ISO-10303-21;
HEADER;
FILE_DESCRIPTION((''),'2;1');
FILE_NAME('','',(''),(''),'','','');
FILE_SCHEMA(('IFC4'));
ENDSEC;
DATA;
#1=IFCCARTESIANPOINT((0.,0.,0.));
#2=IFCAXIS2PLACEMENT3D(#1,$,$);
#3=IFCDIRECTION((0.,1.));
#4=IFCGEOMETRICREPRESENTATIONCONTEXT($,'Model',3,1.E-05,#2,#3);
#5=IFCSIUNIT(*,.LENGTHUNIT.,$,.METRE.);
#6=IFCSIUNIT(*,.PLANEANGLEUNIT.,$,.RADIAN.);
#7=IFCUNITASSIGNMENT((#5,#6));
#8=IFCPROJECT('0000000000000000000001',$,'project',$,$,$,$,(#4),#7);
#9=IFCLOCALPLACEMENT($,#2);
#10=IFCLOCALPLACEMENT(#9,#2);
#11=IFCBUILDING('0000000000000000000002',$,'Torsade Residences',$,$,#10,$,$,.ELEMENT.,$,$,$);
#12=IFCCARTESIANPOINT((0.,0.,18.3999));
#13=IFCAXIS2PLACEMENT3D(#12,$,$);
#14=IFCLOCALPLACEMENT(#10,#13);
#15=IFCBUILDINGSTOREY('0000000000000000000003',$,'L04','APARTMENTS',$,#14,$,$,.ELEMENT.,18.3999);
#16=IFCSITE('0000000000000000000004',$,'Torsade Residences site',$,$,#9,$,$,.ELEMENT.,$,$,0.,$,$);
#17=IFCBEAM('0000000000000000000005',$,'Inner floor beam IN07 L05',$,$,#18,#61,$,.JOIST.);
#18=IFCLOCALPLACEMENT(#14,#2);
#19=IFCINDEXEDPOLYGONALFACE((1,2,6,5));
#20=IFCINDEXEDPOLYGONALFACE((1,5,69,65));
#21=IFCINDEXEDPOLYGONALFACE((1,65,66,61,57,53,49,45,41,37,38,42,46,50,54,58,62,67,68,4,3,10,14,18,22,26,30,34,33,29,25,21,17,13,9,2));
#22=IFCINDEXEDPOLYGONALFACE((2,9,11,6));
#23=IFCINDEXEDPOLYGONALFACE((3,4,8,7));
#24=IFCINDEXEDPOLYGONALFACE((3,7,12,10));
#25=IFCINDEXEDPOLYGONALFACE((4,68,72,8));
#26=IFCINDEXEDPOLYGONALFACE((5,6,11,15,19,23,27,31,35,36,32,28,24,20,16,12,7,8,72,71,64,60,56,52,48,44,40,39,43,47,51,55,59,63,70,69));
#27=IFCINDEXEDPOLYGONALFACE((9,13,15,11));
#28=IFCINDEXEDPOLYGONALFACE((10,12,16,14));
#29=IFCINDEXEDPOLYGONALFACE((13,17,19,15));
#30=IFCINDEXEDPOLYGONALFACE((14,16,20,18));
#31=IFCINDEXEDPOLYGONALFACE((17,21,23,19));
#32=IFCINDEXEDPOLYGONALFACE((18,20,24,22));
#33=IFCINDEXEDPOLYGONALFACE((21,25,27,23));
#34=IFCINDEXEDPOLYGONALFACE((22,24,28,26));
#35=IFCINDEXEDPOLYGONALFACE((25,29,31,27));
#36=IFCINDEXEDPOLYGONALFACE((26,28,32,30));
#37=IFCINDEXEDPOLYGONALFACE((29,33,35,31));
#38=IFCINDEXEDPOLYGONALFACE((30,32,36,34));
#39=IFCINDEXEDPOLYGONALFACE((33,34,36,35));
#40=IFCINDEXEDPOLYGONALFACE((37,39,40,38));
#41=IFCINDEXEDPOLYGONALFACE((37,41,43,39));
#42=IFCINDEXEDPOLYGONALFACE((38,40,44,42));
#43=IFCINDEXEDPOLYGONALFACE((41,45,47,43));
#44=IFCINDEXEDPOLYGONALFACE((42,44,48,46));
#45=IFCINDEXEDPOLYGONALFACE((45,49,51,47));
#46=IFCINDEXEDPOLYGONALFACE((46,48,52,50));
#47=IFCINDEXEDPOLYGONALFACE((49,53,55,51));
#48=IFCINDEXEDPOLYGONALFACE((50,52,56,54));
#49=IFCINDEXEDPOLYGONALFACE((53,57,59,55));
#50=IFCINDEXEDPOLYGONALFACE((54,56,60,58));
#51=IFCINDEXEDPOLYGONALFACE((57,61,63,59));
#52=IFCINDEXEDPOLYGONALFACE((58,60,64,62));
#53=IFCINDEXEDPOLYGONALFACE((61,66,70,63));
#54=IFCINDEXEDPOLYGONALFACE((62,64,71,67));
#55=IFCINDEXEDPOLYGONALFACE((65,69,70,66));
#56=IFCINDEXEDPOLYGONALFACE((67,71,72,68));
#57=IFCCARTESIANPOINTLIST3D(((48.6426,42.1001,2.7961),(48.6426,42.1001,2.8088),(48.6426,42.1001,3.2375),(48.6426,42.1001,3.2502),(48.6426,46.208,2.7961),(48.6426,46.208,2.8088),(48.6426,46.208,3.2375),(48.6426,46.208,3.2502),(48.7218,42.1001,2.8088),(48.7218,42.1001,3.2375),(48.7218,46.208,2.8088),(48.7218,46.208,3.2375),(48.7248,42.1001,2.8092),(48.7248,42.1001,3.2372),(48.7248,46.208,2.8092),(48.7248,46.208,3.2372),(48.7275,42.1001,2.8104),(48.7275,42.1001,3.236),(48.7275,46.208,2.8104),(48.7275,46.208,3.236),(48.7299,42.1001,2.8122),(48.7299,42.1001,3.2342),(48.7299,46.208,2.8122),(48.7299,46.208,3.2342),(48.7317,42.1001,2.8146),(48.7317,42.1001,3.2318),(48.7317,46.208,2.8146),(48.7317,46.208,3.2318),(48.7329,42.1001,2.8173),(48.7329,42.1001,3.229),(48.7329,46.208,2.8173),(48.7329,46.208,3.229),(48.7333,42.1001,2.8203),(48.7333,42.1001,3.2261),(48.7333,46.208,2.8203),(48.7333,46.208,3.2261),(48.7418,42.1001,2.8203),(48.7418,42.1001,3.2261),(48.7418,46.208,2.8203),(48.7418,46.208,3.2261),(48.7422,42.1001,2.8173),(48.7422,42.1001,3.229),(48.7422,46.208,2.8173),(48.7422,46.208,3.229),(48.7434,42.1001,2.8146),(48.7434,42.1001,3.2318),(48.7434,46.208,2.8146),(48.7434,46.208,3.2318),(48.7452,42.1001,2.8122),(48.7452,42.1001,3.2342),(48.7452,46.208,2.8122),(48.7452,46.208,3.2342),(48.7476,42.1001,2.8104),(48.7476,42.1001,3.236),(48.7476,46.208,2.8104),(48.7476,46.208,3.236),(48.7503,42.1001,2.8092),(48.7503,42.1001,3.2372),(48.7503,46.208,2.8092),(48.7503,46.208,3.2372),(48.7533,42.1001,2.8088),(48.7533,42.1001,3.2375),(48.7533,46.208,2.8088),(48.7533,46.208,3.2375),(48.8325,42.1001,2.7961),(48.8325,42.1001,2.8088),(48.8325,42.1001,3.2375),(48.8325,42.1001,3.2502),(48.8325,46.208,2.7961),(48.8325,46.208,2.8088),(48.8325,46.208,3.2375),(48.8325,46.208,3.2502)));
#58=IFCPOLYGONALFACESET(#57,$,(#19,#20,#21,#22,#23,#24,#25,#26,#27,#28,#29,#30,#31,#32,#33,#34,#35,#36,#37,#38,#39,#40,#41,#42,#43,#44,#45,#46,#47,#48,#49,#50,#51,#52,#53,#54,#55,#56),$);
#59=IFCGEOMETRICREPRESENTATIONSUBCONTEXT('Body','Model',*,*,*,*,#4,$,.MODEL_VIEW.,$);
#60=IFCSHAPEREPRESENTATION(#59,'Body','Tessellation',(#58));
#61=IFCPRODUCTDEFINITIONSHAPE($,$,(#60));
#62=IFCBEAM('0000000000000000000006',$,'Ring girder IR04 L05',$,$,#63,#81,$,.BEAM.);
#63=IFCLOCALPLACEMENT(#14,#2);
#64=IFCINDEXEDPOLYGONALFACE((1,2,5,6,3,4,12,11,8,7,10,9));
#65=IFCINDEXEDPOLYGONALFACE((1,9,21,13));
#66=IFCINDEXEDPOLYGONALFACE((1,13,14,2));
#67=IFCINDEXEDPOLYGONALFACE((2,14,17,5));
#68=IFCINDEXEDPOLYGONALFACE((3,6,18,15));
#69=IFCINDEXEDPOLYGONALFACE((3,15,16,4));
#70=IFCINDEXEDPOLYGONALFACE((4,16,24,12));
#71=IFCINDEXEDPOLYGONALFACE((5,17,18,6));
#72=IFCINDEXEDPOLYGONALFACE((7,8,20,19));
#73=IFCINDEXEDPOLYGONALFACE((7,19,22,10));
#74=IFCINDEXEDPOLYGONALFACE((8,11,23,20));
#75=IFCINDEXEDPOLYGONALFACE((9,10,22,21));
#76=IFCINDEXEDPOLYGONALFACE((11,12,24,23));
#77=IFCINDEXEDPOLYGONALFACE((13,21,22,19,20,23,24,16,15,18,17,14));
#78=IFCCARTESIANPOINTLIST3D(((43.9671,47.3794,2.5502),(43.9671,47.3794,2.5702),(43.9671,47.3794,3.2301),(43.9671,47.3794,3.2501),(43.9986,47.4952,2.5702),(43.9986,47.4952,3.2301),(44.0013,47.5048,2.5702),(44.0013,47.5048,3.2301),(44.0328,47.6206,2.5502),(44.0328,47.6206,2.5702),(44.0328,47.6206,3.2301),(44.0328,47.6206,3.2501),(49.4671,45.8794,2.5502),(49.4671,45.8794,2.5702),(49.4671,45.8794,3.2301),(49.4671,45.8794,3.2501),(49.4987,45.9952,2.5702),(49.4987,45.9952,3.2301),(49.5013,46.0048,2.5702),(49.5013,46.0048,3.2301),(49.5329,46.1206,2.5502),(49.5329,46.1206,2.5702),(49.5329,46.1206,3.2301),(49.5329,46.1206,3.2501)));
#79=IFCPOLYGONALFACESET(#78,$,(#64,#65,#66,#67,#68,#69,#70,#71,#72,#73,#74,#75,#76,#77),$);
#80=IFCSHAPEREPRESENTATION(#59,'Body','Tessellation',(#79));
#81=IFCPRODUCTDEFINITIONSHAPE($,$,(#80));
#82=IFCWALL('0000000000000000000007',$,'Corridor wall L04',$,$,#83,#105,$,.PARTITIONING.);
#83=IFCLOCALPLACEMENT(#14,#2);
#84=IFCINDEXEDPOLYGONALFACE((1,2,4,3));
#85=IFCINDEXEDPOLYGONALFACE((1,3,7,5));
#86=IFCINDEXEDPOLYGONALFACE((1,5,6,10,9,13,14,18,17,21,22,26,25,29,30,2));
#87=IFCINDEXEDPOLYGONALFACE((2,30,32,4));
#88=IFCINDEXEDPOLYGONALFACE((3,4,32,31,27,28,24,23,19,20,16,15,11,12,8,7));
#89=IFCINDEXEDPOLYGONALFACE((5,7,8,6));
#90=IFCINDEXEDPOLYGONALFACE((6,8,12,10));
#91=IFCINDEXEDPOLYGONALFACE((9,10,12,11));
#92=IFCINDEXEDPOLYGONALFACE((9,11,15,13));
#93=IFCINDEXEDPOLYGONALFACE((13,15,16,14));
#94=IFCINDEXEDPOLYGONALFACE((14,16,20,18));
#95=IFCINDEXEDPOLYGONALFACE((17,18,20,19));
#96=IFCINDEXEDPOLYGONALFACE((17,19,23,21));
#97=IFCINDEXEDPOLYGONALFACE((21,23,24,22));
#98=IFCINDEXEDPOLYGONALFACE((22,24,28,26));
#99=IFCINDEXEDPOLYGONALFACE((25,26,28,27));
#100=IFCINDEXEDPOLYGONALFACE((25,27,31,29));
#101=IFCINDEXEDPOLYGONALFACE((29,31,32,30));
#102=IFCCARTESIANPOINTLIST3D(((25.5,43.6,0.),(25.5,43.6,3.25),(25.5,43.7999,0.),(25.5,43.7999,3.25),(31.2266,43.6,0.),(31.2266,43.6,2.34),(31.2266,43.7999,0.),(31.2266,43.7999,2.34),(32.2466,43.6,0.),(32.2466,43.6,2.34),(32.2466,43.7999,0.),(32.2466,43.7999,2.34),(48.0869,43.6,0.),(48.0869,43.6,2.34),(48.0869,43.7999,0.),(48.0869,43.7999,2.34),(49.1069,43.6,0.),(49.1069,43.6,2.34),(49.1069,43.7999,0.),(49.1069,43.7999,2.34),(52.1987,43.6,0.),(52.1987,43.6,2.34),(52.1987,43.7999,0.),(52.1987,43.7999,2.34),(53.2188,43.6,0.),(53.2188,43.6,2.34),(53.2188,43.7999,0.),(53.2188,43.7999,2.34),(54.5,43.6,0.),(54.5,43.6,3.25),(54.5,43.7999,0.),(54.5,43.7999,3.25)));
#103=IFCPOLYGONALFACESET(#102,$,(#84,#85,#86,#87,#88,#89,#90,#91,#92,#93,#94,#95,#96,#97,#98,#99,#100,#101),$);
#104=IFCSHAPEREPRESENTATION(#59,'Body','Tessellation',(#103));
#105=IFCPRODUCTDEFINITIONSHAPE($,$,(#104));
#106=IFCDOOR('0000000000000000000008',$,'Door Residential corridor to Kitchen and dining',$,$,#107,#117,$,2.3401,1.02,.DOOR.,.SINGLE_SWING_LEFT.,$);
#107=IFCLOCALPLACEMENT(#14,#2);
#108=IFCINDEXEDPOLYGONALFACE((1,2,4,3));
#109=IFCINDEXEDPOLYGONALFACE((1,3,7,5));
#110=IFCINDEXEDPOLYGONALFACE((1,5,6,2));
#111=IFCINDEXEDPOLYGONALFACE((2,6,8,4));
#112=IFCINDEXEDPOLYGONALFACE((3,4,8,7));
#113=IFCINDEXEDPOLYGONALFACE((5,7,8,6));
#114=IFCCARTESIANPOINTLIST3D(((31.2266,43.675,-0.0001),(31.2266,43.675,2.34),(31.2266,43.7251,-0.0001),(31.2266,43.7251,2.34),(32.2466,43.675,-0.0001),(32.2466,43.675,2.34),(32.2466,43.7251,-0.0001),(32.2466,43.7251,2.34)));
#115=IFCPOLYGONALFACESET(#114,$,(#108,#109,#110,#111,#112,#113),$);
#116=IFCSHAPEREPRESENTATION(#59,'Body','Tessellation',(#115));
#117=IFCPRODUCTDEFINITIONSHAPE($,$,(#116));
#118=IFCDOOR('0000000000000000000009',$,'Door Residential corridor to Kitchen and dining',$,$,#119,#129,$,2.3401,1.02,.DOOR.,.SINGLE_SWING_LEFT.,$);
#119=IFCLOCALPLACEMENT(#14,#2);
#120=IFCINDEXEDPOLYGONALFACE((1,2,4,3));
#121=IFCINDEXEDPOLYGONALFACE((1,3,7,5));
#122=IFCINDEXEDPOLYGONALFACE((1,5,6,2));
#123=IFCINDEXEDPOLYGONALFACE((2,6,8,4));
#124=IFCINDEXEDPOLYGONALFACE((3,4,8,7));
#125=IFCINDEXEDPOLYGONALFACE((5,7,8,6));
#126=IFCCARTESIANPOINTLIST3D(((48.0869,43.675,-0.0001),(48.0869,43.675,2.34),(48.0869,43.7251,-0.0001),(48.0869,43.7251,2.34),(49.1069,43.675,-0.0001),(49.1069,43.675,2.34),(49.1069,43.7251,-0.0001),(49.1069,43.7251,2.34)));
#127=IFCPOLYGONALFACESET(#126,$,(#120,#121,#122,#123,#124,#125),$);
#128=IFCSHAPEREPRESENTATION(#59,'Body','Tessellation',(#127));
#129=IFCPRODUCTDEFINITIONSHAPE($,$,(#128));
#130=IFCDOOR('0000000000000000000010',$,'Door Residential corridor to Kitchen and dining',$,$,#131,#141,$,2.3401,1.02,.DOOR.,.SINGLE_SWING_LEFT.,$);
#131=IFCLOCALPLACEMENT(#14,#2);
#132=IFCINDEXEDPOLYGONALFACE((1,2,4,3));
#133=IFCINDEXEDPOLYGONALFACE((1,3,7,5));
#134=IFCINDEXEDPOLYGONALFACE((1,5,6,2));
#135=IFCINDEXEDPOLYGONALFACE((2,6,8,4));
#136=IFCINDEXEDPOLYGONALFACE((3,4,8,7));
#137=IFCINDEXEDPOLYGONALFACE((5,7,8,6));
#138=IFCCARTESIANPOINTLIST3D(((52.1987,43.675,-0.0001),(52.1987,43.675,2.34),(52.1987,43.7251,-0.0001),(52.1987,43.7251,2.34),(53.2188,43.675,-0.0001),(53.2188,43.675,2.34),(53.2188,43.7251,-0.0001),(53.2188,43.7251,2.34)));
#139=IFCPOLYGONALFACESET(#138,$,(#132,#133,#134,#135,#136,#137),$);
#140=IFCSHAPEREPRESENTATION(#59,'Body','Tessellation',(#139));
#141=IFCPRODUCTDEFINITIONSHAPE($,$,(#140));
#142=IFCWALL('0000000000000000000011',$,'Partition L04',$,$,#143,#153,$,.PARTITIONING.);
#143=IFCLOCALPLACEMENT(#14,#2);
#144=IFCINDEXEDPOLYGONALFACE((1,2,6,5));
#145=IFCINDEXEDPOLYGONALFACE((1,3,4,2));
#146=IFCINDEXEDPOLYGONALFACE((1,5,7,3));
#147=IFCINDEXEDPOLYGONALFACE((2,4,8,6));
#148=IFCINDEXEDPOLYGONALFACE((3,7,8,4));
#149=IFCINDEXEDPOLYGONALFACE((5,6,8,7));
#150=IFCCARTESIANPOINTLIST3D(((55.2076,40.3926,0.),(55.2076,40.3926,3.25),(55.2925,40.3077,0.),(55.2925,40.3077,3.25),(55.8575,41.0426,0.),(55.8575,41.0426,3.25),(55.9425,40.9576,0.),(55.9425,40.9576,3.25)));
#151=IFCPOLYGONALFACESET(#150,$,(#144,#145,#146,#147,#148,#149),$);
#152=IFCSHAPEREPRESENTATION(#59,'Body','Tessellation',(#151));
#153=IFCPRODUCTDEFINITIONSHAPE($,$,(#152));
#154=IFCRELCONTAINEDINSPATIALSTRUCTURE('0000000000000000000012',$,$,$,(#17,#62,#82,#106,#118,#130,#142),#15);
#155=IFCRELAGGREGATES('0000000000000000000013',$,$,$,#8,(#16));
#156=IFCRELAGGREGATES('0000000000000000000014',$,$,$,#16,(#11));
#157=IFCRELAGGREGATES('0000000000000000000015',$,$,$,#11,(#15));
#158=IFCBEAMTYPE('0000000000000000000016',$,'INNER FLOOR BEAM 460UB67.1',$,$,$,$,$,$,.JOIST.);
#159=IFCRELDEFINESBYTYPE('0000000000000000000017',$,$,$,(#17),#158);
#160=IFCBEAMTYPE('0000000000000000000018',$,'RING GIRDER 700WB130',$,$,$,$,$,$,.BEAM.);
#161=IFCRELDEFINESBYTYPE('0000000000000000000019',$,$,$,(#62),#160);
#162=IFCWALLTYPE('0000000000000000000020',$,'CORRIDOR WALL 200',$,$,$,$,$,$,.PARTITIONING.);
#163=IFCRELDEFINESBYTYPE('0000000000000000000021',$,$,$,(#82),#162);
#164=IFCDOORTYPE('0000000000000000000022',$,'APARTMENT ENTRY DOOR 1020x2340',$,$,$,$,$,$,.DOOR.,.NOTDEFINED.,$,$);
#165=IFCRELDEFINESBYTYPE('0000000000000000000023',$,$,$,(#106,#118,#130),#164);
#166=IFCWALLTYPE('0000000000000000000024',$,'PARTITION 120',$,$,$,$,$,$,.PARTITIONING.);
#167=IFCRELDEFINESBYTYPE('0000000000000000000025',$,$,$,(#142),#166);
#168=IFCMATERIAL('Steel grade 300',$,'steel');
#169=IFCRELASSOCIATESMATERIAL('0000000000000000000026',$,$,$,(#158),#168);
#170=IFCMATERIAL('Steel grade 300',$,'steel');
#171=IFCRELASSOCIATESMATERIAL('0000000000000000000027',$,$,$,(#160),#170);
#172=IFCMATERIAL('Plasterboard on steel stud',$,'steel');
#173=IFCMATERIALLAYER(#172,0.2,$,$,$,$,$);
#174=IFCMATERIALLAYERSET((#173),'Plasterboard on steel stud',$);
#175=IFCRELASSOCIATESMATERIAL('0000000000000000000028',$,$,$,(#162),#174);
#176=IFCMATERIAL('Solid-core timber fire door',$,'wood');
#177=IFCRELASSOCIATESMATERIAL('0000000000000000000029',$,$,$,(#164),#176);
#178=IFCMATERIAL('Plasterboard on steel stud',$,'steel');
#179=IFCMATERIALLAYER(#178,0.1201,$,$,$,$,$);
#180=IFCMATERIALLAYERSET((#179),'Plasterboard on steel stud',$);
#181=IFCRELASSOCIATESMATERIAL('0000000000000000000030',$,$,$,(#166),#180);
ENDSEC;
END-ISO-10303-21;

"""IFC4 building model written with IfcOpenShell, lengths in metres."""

from ifc_helpers import new_model, si_unit, direction, frame, frame_2d, origin, origin_2d, place, context, subcontext, project, spatial, rectangle, i_section, extrude, material, layer, layer_set, material_profile, profile_set, type_object, element, fill, save


model = new_model("IFC4")

# Units and contexts
model_context = context("Model", 3, precision=1e-05, world=origin(), true_north=direction((0.0, 1.0)))
body_context = subcontext(model_context, "Body", "Model", "MODEL_VIEW")
ifc_project = project(units=[si_unit("LENGTHUNIT", "METRE"), si_unit("PLANEANGLEUNIT", "RADIAN")], contexts=[model_context])

# Site, building, storey
site_placement = place(None, origin())
site = spatial("IfcSite", under=ifc_project, at=site_placement, Name="Torsade Residences site", CompositionType="ELEMENT", RefElevation=0.0)
building_placement = place(site_placement, origin())
building = spatial("IfcBuilding", under=site, at=building_placement, Name="Torsade Residences", CompositionType="ELEMENT")
storey_placement = place(building_placement, frame((0.0, 0.0, 18.3999)))
storey = spatial("IfcBuildingStorey", under=building, at=storey_placement, Name="L04", Description="APARTMENTS", CompositionType="ELEMENT", Elevation=18.3999)

# Beams
ifc_material_1 = material(Name="Steel grade 300", Category="steel")
ifc_material_profile_1 = material_profile(ifc_material_1, i_section(OverallWidth=0.1899, OverallDepth=0.4541, WebThickness=0.0085, FlangeThickness=0.0127, FilletRadius=0.0115, at=origin_2d()), Name="460UB67.1")
ifc_profile_set_1 = profile_set([ifc_material_profile_1], Name="Steel grade 300")
beam_type_1 = type_object("IfcBeamType", Name="INNER FLOOR BEAM 460UB67.1", PredefinedType="JOIST", material=ifc_profile_set_1)
beam_1_placement = place(storey_placement, frame((48.7375, 42.1001, 3.0232), z_axis=(0.0, 1.0, 0.0), x_axis=(-1.0, 0.0, 0.0)))
element("IfcBeam", 1, at=beam_1_placement, inside=storey, type_object=beam_type_1, Name="Inner floor beam IN07 L05", PredefinedType="JOIST", context=body_context, shape_type="SweptSolid", body=[
    extrude(i_section(OverallWidth=0.1899, OverallDepth=0.4541, WebThickness=0.0085, FlangeThickness=0.0127, FilletRadius=0.0115, at=origin_2d()), origin(), (0.0, 0.0, 1.0), 4.1079),
])
ifc_material_2 = material(Name="Steel grade 300", Category="steel")
ifc_material_profile_2 = material_profile(ifc_material_2, i_section(OverallWidth=0.25, OverallDepth=0.7, WebThickness=0.01, FlangeThickness=0.02, at=origin_2d()), Name="700WB130")
ifc_profile_set_2 = profile_set([ifc_material_profile_2], Name="Steel grade 300")
beam_type_2 = type_object("IfcBeamType", Name="RING GIRDER 700WB130", PredefinedType="BEAM", material=ifc_profile_set_2)
beam_2_placement = place(storey_placement, frame((49.5, 46.0, 2.9001), z_axis=(-0.964764, 0.263117, 0.0), x_axis=(-0.263117, -0.964764, 0.0)))
element("IfcBeam", 2, at=beam_2_placement, inside=storey, type_object=beam_type_2, Name="Ring girder IR04 L05", PredefinedType="BEAM", context=body_context, shape_type="SweptSolid", body=[
    extrude(i_section(OverallWidth=0.25, OverallDepth=0.7, WebThickness=0.01, FlangeThickness=0.02, at=origin_2d()), origin(), (0.0, 0.0, 1.0), 5.7009),
])

# Wall, openings, doors
ifc_material_3 = material(Name="Plasterboard on steel stud", Category="steel")
ifc_layer_1 = layer(ifc_material_3, 0.2)
ifc_layer_set_1 = layer_set([ifc_layer_1], Name="Plasterboard on steel stud")
wall_type_1 = type_object("IfcWallType", Name="CORRIDOR WALL 200", PredefinedType="PARTITIONING", material=ifc_layer_set_1)
wall_1_placement = place(storey_placement, frame((54.5, 43.7, 0.0), z_axis=(0.0, 0.0, 1.0), x_axis=(-1.0, 0.0, 0.0)))
wall_1 = element("IfcWall", 3, at=wall_1_placement, inside=storey, type_object=wall_type_1, Name="Corridor wall L04", PredefinedType="PARTITIONING", context=body_context, shape_type="SweptSolid", body=[
    extrude(rectangle(XDim=29.0, YDim=0.2, at=frame_2d((14.5, 0.0))), origin(), (0.0, 0.0, 1.0), 3.25),
])
opening_1_placement = place(wall_1_placement, frame((22.2534, 0.0, 0.0)))
opening_1 = element("IfcOpeningElement", 4, at=opening_1_placement, cuts=wall_1, PredefinedType="OPENING", context=body_context, shape_type="SweptSolid", body=[
    extrude(rectangle(XDim=1.02, YDim=2.3401, at=frame_2d((0.51, 1.1699))), frame((0.0, 0.1099, 0.0), z_axis=(0.0, -1.0, 0.0), x_axis=(1.0, 0.0, 0.0)), (0.0, 0.0, 1.0), 0.22),
])
opening_2_placement = place(wall_1_placement, frame((5.3931, 0.0, 0.0)))
opening_2 = element("IfcOpeningElement", 5, at=opening_2_placement, cuts=wall_1, PredefinedType="OPENING", context=body_context, shape_type="SweptSolid", body=[
    extrude(rectangle(XDim=1.02, YDim=2.3401, at=frame_2d((0.51, 1.1699))), frame((0.0, 0.1099, 0.0), z_axis=(0.0, -1.0, 0.0), x_axis=(1.0, 0.0, 0.0)), (0.0, 0.0, 1.0), 0.22),
])
opening_3_placement = place(wall_1_placement, frame((1.2812, 0.0, 0.0)))
opening_3 = element("IfcOpeningElement", 6, at=opening_3_placement, cuts=wall_1, PredefinedType="OPENING", context=body_context, shape_type="SweptSolid", body=[
    extrude(rectangle(XDim=1.02, YDim=2.3401, at=frame_2d((0.51, 1.1699))), frame((0.0, 0.1099, 0.0), z_axis=(0.0, -1.0, 0.0), x_axis=(1.0, 0.0, 0.0)), (0.0, 0.0, 1.0), 0.22),
])
ifc_material_4 = material(Name="Solid-core timber fire door", Category="wood")
door_type_1 = type_object("IfcDoorType", Name="APARTMENT ENTRY DOOR 1020x2340", OperationType="NOTDEFINED", PredefinedType="DOOR", material=ifc_material_4)
door_1_placement = place(opening_1_placement, origin())
door_1 = element("IfcDoor", 7, at=door_1_placement, inside=storey, type_object=door_type_1, Name="Door Residential corridor to Kitchen and dining", OperationType="SINGLE_SWING_LEFT", OverallHeight=2.3401, OverallWidth=1.02, PredefinedType="DOOR", context=body_context, shape_type="SweptSolid", body=[
    extrude(rectangle(XDim=1.02, YDim=2.3401, at=frame_2d((0.51, 1.1699))), frame((0.0, 0.0249, 0.0), z_axis=(0.0, -1.0, 0.0), x_axis=(1.0, 0.0, 0.0)), (0.0, 0.0, 1.0), 0.05),
])
fill(opening_1, door_1)
door_2_placement = place(opening_2_placement, origin())
door_2 = element("IfcDoor", 8, at=door_2_placement, inside=storey, type_object=door_type_1, Name="Door Residential corridor to Kitchen and dining", OperationType="SINGLE_SWING_LEFT", OverallHeight=2.3401, OverallWidth=1.02, PredefinedType="DOOR", context=body_context, shape_type="SweptSolid", body=[
    extrude(rectangle(XDim=1.02, YDim=2.3401, at=frame_2d((0.51, 1.1699))), frame((0.0, 0.0249, 0.0), z_axis=(0.0, -1.0, 0.0), x_axis=(1.0, 0.0, 0.0)), (0.0, 0.0, 1.0), 0.05),
])
fill(opening_2, door_2)
door_3_placement = place(opening_3_placement, origin())
door_3 = element("IfcDoor", 9, at=door_3_placement, inside=storey, type_object=door_type_1, Name="Door Residential corridor to Kitchen and dining", OperationType="SINGLE_SWING_LEFT", OverallHeight=2.3401, OverallWidth=1.02, PredefinedType="DOOR", context=body_context, shape_type="SweptSolid", body=[
    extrude(rectangle(XDim=1.02, YDim=2.3401, at=frame_2d((0.51, 1.1699))), frame((0.0, 0.0249, 0.0), z_axis=(0.0, -1.0, 0.0), x_axis=(1.0, 0.0, 0.0)), (0.0, 0.0, 1.0), 0.05),
])
fill(opening_3, door_3)

# Wall
ifc_material_5 = material(Name="Plasterboard on steel stud", Category="steel")
ifc_layer_2 = layer(ifc_material_5, 0.1201)
ifc_layer_set_2 = layer_set([ifc_layer_2], Name="Plasterboard on steel stud")
wall_type_2 = type_object("IfcWallType", Name="PARTITION 120", PredefinedType="PARTITIONING", material=ifc_layer_set_2)
wall_2_placement = place(storey_placement, frame((55.8999, 41.0, 0.0), z_axis=(0.0, 0.0, 1.0), x_axis=(-0.707107, -0.707107, 0.0)))
element("IfcWall", 10, at=wall_2_placement, inside=storey, type_object=wall_type_2, Name="Partition L04", PredefinedType="PARTITIONING", context=body_context, shape_type="SweptSolid", body=[
    extrude(rectangle(XDim=0.9192, YDim=0.1201, at=frame_2d((0.4595, 0.0))), origin(), (0.0, 0.0, 1.0), 3.25),
])

save(model, "model.ifc")
